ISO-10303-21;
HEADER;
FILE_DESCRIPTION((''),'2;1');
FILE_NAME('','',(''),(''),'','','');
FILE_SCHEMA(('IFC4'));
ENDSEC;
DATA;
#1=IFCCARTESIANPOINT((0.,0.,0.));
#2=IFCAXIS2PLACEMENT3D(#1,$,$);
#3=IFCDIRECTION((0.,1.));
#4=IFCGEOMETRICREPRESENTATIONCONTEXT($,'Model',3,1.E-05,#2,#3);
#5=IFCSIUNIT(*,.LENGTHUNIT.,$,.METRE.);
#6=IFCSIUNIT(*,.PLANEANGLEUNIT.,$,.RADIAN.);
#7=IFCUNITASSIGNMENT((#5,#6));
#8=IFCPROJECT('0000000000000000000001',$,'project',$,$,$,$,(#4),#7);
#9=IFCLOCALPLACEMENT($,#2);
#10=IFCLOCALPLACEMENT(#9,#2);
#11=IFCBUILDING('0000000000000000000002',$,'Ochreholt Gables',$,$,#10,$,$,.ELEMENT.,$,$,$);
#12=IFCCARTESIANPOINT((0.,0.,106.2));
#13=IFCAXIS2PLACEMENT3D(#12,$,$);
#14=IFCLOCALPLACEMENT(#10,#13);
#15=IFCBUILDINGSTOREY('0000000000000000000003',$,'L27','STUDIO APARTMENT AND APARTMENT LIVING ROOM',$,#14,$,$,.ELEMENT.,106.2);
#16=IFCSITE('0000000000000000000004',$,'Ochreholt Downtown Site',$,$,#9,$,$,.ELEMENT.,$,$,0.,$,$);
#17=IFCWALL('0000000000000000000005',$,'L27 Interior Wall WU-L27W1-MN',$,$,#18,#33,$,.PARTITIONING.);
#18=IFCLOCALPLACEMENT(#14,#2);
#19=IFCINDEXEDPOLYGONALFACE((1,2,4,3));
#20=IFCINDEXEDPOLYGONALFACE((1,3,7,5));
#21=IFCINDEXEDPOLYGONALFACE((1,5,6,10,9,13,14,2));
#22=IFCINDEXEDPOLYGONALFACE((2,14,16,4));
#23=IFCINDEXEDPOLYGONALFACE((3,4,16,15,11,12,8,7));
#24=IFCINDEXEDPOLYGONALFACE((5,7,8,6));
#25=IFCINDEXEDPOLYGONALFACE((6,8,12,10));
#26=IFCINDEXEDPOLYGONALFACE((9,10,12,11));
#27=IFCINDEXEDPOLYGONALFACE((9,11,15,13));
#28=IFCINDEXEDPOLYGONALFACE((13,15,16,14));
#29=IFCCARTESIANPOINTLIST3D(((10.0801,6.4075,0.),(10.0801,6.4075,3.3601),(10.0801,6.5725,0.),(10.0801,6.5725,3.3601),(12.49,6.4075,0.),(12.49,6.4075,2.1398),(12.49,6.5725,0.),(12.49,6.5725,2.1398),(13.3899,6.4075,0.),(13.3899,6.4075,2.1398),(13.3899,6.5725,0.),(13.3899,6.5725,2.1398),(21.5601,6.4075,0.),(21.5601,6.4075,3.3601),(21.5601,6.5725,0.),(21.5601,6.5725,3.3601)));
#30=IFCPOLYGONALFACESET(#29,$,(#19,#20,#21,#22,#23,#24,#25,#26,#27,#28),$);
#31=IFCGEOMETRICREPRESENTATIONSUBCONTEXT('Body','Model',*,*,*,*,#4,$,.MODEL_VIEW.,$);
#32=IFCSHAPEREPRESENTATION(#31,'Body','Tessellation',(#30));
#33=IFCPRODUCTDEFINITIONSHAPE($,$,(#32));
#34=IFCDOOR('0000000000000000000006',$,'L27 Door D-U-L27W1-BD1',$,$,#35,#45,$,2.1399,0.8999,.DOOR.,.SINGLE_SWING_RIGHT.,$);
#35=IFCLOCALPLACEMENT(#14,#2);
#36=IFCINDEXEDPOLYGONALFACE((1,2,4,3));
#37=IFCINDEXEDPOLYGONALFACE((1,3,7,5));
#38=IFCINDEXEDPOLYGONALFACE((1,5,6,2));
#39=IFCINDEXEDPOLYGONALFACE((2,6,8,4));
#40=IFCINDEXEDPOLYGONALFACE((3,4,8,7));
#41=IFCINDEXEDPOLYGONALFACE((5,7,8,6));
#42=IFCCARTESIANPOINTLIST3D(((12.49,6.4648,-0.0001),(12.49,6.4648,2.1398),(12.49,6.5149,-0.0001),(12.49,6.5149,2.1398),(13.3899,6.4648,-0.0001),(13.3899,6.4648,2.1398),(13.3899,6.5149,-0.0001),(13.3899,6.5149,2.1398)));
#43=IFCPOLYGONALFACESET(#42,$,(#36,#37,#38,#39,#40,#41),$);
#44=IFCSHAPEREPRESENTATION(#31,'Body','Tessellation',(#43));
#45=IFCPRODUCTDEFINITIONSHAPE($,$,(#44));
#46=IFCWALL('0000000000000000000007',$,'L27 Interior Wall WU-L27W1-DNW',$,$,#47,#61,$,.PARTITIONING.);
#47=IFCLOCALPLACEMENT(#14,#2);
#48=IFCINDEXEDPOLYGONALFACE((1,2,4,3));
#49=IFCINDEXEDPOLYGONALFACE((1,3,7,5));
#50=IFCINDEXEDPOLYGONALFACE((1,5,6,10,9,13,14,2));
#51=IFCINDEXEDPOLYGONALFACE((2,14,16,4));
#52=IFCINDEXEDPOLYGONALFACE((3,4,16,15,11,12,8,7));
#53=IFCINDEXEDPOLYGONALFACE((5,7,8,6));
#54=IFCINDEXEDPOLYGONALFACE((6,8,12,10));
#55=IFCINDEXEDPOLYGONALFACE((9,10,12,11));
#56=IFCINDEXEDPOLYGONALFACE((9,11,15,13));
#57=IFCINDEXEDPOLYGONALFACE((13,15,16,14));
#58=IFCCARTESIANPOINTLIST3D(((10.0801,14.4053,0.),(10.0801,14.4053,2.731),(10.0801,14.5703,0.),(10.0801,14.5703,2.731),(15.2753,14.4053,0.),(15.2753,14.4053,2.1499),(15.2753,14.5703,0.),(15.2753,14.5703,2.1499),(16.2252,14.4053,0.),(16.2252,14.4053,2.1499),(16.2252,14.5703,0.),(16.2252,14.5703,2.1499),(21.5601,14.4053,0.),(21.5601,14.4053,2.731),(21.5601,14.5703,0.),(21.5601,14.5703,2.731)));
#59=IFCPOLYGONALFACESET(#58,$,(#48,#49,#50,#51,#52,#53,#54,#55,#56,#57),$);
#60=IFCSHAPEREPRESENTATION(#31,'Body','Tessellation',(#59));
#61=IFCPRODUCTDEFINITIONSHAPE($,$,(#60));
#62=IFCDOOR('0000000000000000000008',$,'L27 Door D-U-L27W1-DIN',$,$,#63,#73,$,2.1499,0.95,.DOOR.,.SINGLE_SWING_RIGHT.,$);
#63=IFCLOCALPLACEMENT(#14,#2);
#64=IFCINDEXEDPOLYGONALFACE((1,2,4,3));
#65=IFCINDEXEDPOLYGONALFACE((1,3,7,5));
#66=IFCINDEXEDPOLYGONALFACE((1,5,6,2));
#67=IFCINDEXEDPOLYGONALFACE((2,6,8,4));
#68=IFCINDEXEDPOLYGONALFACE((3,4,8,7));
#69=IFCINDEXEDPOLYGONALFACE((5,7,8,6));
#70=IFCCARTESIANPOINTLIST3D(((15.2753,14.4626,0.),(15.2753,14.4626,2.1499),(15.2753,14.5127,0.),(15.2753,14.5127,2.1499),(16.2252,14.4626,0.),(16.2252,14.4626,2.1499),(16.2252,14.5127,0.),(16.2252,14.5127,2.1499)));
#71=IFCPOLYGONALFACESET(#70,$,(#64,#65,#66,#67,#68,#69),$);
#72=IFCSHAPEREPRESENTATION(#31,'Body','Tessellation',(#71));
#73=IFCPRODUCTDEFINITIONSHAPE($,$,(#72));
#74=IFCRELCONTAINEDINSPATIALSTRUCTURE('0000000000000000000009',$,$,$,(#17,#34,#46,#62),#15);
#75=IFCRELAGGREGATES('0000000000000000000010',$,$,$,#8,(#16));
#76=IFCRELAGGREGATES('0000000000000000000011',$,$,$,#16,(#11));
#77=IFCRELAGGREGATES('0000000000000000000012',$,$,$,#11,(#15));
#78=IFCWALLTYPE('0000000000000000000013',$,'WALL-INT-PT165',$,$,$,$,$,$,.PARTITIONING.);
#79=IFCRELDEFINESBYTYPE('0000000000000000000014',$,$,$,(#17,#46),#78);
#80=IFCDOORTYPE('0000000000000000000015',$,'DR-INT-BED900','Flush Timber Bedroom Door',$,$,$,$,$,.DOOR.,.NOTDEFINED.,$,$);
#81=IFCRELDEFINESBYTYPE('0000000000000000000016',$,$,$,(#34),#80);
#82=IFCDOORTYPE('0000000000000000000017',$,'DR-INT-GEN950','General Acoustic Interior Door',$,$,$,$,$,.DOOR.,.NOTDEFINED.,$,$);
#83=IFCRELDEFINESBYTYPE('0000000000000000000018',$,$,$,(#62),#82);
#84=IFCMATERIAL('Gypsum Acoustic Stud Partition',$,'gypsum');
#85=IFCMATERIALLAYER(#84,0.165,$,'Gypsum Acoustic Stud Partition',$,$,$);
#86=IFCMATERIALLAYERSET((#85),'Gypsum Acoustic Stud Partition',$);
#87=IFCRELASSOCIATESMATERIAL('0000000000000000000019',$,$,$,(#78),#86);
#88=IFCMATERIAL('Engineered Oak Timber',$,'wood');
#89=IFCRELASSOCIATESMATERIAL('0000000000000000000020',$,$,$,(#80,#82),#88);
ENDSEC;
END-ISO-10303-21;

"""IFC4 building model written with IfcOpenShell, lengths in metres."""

from ifc_helpers import new_model, si_unit, direction, frame, frame_2d, origin, place, context, subcontext, project, spatial, rectangle, extrude, material, layer, layer_set, type_object, element, fill, save


model = new_model("IFC4")

# Units and contexts
model_context = context("Model", 3, precision=1e-05, world=origin(), true_north=direction((0.0, 1.0)))
body_context = subcontext(model_context, "Body", "Model", "MODEL_VIEW")
ifc_project = project(units=[si_unit("LENGTHUNIT", "METRE"), si_unit("PLANEANGLEUNIT", "RADIAN")], contexts=[model_context])

# Site, building, storey
site_placement = place(None, origin())
site = spatial("IfcSite", under=ifc_project, at=site_placement, Name="Ochreholt Downtown Site", CompositionType="ELEMENT", RefElevation=0.0)
building_placement = place(site_placement, origin())
building = spatial("IfcBuilding", under=site, at=building_placement, Name="Ochreholt Gables", CompositionType="ELEMENT")
storey_placement = place(building_placement, frame((0.0, 0.0, 106.2)))
storey = spatial("IfcBuildingStorey", under=building, at=storey_placement, Name="L27", Description="STUDIO APARTMENT AND APARTMENT LIVING ROOM", CompositionType="ELEMENT", Elevation=106.2)

# Walls, openings, doors
ifc_material_1 = material(Name="Gypsum Acoustic Stud Partition", Category="gypsum")
ifc_layer_1 = layer(ifc_material_1, 0.165, Name="Gypsum Acoustic Stud Partition")
ifc_layer_set_1 = layer_set([ifc_layer_1], Name="Gypsum Acoustic Stud Partition")
wall_type_1 = type_object("IfcWallType", Name="WALL-INT-PT165", PredefinedType="PARTITIONING", material=ifc_layer_set_1)
wall_1_placement = place(storey_placement, frame((10.0801, 6.49, 0.0), z_axis=(0.0, 0.0, 1.0), x_axis=(1.0, 0.0, 0.0)))
wall_1 = element("IfcWall", 1, at=wall_1_placement, inside=storey, type_object=wall_type_1, Name="L27 Interior Wall WU-L27W1-MN", PredefinedType="PARTITIONING", context=body_context, shape_type="SweptSolid", body=[
    extrude(rectangle(XDim=11.48, YDim=0.165, at=frame_2d((5.74, 0.0))), origin(), (0.0, 0.0, 1.0), 3.3601),
])
opening_1_placement = place(wall_1_placement, frame((2.4099, 0.0, 0.0)))
opening_1 = element("IfcOpeningElement", 2, at=opening_1_placement, cuts=wall_1, PredefinedType="OPENING", context=body_context, shape_type="SweptSolid", body=[
    extrude(rectangle(XDim=0.8999, YDim=2.1399, at=frame_2d((0.45, 1.0698))), frame((0.0, 0.0925, 0.0), z_axis=(0.0, -1.0, 0.0), x_axis=(1.0, 0.0, 0.0)), (0.0, 0.0, 1.0), 0.1851),
])
ifc_material_2 = material(Name="Engineered Oak Timber", Category="wood")
door_type_1 = type_object("IfcDoorType", Name="DR-INT-BED900", Description="Flush Timber Bedroom Door", OperationType="NOTDEFINED", PredefinedType="DOOR", material=ifc_material_2)
door_1_placement = place(opening_1_placement, origin())
door_1 = element("IfcDoor", 3, at=door_1_placement, inside=storey, type_object=door_type_1, Name="L27 Door D-U-L27W1-BD1", OperationType="SINGLE_SWING_RIGHT", OverallHeight=2.1399, OverallWidth=0.8999, PredefinedType="DOOR", context=body_context, shape_type="SweptSolid", body=[
    extrude(rectangle(XDim=0.8999, YDim=2.1399, at=frame_2d((0.45, 1.0698))), frame((0.0, 0.0249, 0.0), z_axis=(0.0, -1.0, 0.0), x_axis=(1.0, 0.0, 0.0)), (0.0, 0.0, 1.0), 0.05),
])
fill(opening_1, door_1)
wall_2_placement = place(storey_placement, frame((10.0801, 14.4878, 0.0), z_axis=(0.0, 0.0, 1.0), x_axis=(1.0, 0.0, 0.0)))
wall_2 = element("IfcWall", 4, at=wall_2_placement, inside=storey, type_object=wall_type_1, Name="L27 Interior Wall WU-L27W1-DNW", PredefinedType="PARTITIONING", context=body_context, shape_type="SweptSolid", body=[
    extrude(rectangle(XDim=11.48, YDim=0.165, at=frame_2d((5.74, 0.0))), origin(), (0.0, 0.0, 1.0), 2.731),
])
opening_2_placement = place(wall_2_placement, frame((5.1951, 0.0, 0.0)))
opening_2 = element("IfcOpeningElement", 5, at=opening_2_placement, cuts=wall_2, PredefinedType="OPENING", context=body_context, shape_type="SweptSolid", body=[
    extrude(rectangle(XDim=0.95, YDim=2.1499, at=frame_2d((0.4751, 1.075))), frame((0.0, 0.0925, 0.0), z_axis=(0.0, -1.0, 0.0), x_axis=(1.0, 0.0, 0.0)), (0.0, 0.0, 1.0), 0.1851),
])
door_type_2 = type_object("IfcDoorType", Name="DR-INT-GEN950", Description="General Acoustic Interior Door", OperationType="NOTDEFINED", PredefinedType="DOOR", material=ifc_material_2)
door_2_placement = place(opening_2_placement, origin())
door_2 = element("IfcDoor", 6, at=door_2_placement, inside=storey, type_object=door_type_2, Name="L27 Door D-U-L27W1-DIN", OperationType="SINGLE_SWING_RIGHT", OverallHeight=2.1499, OverallWidth=0.95, PredefinedType="DOOR", context=body_context, shape_type="SweptSolid", body=[
    extrude(rectangle(XDim=0.95, YDim=2.1499, at=frame_2d((0.4751, 1.075))), frame((0.0, 0.0249, 0.0), z_axis=(0.0, -1.0, 0.0), x_axis=(1.0, 0.0, 0.0)), (0.0, 0.0, 1.0), 0.05),
])
fill(opening_2, door_2)

save(model, "model.ifc")
